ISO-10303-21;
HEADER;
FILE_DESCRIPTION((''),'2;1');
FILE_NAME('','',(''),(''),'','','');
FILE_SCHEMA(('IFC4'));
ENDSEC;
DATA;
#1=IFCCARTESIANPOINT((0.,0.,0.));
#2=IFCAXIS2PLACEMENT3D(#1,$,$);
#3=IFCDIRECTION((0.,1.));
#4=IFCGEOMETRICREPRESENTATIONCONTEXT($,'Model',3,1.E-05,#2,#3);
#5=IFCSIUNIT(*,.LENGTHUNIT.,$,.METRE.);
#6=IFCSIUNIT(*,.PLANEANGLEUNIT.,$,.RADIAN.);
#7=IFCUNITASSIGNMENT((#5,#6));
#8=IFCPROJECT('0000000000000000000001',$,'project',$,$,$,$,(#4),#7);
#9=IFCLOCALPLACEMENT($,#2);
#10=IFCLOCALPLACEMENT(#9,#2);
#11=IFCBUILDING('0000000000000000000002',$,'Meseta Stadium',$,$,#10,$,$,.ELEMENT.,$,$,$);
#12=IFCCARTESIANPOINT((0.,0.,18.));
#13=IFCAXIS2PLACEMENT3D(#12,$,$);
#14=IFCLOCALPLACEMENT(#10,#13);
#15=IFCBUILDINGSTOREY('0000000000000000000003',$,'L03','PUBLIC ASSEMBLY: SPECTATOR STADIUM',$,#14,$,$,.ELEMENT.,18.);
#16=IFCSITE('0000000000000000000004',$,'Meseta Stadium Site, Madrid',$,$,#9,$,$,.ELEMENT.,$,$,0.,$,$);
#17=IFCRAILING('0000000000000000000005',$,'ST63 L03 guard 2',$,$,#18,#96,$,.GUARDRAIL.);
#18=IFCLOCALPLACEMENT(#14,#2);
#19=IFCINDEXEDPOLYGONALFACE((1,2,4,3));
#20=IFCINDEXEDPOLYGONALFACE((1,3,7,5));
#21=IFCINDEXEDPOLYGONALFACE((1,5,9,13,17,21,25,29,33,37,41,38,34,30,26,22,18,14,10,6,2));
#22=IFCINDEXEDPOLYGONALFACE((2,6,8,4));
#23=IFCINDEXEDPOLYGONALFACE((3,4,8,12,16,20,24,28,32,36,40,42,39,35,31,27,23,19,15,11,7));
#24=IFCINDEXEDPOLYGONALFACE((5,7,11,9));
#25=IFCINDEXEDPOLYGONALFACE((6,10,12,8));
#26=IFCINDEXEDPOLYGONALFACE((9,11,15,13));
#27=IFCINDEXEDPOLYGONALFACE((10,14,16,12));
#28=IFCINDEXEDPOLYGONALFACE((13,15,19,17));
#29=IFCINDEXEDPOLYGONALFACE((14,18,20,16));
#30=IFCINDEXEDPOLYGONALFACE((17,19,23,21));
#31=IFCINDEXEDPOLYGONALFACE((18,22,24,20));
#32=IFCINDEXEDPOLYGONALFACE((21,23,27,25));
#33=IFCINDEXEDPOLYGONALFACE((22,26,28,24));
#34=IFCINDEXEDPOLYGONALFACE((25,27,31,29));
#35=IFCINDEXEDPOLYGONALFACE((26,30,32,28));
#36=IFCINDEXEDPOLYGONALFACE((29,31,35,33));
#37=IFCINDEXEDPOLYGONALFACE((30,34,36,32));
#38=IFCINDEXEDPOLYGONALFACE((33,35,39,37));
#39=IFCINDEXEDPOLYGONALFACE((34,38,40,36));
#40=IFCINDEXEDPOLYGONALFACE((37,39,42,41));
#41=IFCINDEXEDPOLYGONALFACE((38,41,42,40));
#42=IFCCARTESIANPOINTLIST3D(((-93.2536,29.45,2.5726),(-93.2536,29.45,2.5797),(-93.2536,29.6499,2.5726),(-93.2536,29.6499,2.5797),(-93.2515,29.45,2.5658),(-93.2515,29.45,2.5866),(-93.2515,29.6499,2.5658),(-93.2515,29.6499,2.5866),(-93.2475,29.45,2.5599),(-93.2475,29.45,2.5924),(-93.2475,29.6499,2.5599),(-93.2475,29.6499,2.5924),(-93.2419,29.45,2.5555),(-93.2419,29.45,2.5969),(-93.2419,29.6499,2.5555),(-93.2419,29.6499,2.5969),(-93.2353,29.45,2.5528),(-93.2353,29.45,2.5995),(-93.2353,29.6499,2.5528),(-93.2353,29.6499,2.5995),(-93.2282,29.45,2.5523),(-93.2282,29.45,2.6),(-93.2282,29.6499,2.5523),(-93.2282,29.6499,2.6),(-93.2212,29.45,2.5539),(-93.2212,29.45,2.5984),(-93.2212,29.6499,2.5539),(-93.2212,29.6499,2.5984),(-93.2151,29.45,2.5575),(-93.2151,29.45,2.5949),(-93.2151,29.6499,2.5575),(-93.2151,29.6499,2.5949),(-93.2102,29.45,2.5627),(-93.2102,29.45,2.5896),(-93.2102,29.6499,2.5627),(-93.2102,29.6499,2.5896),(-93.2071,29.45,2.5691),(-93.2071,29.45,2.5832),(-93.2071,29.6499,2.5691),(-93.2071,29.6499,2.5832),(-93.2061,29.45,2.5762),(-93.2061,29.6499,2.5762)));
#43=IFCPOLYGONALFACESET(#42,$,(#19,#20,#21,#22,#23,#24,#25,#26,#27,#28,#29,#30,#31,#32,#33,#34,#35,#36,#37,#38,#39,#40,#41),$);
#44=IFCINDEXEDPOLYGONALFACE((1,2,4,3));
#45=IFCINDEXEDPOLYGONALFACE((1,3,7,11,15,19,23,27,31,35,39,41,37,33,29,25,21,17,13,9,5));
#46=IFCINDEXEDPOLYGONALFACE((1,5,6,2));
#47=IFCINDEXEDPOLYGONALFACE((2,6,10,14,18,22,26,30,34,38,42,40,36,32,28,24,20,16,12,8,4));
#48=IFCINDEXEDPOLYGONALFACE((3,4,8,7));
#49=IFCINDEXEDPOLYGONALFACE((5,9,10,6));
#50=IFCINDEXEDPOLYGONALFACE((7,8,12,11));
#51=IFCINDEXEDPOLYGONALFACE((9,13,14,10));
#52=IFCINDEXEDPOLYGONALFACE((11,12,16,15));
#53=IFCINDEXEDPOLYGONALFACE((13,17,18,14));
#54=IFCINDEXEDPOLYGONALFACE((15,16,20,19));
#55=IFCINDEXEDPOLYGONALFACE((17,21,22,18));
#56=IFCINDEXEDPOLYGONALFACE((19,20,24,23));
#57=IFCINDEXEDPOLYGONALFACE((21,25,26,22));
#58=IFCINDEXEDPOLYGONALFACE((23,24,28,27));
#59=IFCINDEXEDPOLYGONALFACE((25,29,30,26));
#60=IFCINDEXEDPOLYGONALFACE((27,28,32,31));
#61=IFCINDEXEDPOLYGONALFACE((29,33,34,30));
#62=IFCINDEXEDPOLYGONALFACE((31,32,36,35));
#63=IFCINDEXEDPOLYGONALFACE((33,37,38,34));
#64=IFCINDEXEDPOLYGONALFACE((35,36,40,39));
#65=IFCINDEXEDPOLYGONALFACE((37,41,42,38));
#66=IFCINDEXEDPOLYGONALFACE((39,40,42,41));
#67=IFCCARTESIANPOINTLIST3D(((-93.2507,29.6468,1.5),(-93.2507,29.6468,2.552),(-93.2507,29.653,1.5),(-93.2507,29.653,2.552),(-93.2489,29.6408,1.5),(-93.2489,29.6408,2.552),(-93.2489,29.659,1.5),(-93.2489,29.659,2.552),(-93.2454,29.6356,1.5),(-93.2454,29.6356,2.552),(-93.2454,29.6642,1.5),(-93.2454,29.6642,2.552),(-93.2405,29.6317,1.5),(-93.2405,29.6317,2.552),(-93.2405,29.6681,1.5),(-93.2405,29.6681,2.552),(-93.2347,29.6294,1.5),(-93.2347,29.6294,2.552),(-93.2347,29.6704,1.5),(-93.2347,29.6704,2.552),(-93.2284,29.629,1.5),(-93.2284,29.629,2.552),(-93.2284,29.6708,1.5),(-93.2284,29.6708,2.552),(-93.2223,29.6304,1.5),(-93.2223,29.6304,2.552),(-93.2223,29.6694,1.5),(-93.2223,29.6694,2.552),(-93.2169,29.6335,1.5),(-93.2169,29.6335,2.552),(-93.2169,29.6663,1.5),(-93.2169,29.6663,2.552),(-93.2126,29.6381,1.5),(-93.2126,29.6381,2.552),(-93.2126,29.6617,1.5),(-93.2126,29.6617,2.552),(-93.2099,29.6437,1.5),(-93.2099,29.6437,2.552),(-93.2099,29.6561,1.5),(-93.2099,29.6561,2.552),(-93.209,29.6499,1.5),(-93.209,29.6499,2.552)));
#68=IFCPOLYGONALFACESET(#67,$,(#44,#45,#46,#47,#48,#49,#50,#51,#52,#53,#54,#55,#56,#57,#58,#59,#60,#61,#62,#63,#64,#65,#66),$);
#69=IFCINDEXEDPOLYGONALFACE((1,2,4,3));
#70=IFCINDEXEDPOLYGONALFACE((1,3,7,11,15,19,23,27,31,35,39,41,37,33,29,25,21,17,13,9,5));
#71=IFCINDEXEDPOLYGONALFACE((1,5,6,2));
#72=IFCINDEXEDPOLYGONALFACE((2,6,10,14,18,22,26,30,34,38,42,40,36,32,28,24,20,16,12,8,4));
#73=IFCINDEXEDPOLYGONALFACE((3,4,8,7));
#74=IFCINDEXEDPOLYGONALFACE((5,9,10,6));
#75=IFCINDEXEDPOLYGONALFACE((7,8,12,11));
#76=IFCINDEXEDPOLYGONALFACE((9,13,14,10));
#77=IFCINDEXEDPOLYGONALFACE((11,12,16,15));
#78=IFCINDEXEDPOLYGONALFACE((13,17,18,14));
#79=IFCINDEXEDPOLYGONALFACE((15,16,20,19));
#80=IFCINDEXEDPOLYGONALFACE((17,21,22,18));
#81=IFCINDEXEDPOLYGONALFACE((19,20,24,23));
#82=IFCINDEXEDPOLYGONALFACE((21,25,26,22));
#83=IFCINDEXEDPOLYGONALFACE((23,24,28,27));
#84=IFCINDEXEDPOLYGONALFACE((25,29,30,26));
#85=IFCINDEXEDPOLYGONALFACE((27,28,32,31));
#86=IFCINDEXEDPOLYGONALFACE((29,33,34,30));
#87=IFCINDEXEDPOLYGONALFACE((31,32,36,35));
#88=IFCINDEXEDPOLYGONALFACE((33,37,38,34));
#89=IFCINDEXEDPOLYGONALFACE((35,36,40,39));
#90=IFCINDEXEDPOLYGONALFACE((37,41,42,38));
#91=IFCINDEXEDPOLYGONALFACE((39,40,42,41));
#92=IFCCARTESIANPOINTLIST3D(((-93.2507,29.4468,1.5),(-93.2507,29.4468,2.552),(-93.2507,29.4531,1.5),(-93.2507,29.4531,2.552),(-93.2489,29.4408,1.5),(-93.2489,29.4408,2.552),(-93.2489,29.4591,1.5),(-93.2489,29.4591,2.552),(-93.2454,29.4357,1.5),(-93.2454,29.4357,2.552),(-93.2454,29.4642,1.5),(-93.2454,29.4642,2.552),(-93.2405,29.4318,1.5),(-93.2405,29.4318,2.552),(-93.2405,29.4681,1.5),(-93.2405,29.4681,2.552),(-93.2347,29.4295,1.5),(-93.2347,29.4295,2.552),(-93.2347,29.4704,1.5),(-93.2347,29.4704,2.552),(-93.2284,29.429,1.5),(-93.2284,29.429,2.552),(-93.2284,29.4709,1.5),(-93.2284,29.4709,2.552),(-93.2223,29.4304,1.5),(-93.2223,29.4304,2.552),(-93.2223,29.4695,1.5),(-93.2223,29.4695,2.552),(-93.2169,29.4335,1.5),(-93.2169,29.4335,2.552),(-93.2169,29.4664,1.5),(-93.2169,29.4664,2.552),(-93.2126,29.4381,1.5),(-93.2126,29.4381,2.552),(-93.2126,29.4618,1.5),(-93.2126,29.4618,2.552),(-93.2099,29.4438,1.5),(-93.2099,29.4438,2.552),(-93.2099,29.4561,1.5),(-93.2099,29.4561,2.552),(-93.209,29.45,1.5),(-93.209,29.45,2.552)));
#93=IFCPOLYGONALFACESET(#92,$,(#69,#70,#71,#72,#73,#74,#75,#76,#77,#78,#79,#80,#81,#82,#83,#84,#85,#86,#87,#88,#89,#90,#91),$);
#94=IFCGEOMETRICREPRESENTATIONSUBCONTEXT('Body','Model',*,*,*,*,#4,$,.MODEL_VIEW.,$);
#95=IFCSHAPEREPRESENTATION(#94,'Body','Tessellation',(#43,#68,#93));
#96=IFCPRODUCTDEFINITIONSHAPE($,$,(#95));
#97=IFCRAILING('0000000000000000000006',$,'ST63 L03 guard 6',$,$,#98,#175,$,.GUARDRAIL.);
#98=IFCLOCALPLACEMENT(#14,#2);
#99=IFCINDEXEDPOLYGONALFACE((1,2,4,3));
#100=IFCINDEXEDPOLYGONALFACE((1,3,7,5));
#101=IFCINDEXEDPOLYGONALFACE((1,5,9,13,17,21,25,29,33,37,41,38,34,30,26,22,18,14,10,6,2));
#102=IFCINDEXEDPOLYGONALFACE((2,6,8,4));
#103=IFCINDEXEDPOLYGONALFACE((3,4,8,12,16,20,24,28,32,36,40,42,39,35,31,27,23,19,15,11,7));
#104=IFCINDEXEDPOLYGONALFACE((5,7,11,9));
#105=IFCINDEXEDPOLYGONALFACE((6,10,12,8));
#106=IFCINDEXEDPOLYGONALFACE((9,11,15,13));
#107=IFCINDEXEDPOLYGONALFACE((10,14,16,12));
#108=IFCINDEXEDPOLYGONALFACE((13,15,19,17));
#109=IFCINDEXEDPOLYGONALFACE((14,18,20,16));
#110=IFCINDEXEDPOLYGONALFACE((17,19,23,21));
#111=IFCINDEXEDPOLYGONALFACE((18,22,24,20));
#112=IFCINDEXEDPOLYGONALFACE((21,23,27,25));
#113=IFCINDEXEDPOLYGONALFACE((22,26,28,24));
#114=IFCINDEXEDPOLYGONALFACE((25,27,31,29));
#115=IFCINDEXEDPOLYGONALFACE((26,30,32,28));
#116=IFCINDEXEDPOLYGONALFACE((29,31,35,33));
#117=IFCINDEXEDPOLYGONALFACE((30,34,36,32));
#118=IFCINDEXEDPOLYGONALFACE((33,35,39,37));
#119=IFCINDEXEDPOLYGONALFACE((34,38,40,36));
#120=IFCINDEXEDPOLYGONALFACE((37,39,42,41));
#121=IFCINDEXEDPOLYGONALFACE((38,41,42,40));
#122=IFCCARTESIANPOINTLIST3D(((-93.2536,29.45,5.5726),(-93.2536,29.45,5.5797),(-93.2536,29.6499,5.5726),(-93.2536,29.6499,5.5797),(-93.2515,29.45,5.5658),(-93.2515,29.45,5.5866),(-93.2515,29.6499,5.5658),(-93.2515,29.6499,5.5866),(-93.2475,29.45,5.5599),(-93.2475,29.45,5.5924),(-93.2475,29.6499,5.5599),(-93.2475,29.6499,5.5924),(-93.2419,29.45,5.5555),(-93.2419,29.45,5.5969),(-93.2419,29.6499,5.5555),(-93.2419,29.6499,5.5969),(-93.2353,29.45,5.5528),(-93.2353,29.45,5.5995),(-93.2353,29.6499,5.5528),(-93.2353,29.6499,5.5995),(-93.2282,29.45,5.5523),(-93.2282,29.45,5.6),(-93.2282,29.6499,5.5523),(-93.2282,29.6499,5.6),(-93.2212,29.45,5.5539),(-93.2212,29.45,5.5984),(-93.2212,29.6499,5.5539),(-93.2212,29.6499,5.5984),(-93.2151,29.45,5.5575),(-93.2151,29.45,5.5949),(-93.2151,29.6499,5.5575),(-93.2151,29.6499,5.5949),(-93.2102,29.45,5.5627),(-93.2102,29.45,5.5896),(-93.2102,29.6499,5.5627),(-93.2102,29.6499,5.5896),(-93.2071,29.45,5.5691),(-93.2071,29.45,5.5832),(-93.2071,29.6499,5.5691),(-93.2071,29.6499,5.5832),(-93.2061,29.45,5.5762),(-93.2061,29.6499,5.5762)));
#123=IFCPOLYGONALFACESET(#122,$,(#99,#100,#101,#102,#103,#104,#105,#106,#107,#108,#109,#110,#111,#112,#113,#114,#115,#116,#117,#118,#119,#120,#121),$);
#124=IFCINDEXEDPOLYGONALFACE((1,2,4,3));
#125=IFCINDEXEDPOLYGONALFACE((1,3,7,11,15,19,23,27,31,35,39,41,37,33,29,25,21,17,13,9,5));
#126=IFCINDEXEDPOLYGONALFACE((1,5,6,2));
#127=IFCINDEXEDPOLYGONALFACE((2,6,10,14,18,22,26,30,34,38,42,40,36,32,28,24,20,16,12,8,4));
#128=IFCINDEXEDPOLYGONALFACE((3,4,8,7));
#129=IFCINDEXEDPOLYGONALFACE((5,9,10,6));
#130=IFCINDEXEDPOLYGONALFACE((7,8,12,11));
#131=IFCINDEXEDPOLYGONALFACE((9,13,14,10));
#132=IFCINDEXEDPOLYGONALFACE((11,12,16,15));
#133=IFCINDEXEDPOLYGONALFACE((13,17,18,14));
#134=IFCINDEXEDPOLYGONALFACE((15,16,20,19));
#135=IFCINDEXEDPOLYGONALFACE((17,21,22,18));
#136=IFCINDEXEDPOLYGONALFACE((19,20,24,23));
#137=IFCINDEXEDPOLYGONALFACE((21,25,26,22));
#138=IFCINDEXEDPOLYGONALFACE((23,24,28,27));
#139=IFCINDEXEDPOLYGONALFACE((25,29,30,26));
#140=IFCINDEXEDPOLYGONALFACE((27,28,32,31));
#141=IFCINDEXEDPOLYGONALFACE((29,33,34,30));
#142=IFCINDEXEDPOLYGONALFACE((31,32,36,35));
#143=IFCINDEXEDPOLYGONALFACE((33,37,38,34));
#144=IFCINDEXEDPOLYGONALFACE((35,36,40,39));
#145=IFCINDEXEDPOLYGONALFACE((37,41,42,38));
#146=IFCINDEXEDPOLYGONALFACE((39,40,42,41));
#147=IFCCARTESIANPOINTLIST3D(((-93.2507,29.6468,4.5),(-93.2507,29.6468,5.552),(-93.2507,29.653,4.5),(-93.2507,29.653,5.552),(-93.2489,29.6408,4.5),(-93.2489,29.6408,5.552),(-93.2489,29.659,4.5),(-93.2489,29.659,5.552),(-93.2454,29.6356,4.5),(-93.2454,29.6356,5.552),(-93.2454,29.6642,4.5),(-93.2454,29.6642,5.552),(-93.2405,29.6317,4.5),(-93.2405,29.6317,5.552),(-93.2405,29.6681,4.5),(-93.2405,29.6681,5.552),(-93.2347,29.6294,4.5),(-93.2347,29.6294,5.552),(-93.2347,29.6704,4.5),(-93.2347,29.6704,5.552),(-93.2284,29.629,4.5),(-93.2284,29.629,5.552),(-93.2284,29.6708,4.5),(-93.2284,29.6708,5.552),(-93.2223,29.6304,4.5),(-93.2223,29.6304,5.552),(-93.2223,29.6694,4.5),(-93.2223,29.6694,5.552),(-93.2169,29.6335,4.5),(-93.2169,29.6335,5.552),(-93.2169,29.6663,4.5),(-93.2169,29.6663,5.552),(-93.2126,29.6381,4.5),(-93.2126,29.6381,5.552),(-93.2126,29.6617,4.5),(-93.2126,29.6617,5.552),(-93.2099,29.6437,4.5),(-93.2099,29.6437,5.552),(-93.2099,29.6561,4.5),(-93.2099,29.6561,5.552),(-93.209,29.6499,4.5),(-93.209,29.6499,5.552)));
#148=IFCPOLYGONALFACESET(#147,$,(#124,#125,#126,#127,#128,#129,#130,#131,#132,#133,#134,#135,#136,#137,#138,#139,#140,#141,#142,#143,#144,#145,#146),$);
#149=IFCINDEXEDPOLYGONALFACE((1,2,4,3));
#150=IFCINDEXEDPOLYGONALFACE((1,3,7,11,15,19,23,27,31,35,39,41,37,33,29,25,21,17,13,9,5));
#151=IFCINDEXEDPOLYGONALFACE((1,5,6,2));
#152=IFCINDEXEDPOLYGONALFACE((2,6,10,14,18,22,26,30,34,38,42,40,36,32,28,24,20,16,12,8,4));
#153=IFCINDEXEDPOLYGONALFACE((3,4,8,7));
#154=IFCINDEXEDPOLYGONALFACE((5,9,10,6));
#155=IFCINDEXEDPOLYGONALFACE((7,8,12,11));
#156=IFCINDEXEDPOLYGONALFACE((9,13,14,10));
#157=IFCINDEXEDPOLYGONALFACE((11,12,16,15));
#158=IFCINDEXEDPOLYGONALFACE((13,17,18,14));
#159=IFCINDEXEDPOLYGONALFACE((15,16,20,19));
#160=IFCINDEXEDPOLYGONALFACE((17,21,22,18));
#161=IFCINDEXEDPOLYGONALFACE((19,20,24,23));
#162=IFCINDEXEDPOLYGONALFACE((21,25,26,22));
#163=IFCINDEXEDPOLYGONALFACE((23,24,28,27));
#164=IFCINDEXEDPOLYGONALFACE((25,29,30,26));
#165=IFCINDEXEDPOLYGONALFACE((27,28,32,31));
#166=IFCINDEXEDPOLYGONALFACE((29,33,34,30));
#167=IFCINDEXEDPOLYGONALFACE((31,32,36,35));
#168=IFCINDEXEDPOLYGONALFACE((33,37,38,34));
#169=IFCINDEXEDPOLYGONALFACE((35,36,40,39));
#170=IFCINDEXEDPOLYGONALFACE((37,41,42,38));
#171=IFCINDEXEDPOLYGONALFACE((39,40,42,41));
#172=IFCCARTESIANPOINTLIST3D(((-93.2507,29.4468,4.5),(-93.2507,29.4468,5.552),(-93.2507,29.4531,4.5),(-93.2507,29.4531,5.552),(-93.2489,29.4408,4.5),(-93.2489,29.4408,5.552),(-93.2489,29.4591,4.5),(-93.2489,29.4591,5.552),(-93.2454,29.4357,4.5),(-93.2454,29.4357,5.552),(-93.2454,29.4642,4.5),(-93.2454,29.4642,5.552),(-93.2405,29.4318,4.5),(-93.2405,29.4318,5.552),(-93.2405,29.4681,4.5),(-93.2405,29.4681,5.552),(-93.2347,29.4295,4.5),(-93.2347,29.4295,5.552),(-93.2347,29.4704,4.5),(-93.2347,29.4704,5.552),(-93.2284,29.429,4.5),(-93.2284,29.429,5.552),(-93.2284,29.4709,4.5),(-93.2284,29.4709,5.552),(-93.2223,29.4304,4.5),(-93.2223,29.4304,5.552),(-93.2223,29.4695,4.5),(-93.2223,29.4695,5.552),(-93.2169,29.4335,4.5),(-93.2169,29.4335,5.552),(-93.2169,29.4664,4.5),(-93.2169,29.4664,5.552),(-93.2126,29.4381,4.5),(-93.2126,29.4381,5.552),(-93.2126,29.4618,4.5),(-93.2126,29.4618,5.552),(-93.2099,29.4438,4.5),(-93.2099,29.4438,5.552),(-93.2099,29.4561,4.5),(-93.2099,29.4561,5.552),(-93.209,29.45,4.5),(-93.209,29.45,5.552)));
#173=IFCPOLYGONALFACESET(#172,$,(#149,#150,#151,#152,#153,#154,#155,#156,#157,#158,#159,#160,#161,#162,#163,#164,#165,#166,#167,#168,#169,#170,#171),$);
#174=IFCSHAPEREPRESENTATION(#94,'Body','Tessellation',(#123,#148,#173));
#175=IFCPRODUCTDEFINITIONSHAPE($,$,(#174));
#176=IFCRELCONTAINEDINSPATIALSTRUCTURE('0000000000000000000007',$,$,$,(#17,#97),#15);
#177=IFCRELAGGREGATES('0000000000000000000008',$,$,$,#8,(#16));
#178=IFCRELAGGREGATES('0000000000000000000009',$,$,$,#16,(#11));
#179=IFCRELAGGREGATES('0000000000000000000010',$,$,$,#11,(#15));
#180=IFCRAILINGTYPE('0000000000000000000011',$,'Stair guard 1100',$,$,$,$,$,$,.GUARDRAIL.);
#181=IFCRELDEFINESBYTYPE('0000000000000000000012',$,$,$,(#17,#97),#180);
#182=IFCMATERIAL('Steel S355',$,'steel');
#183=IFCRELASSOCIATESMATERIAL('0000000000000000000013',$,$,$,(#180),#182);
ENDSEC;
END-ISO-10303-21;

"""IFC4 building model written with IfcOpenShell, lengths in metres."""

from ifc_helpers import new_model, si_unit, direction, frame, origin, origin_2d, place, context, subcontext, project, spatial, circle, extrude, material, type_object, element, save


model = new_model("IFC4")

# Units and contexts
model_context = context("Model", 3, precision=1e-05, world=origin(), true_north=direction((0.0, 1.0)))
body_context = subcontext(model_context, "Body", "Model", "MODEL_VIEW")
ifc_project = project(units=[si_unit("LENGTHUNIT", "METRE"), si_unit("PLANEANGLEUNIT", "RADIAN")], contexts=[model_context])

# Site, building, storey
site_placement = place(None, origin())
site = spatial("IfcSite", under=ifc_project, at=site_placement, Name="Meseta Stadium Site, Madrid", CompositionType="ELEMENT", RefElevation=0.0)
building_placement = place(site_placement, origin())
building = spatial("IfcBuilding", under=site, at=building_placement, Name="Meseta Stadium", CompositionType="ELEMENT")
storey_placement = place(building_placement, frame((0.0, 0.0, 18.0)))
storey = spatial("IfcBuildingStorey", under=building, at=storey_placement, Name="L03", Description="PUBLIC ASSEMBLY: SPECTATOR STADIUM", CompositionType="ELEMENT", Elevation=18.0)

# Railings
ifc_material_1 = material(Name="Steel S355", Category="steel")
railing_type_1 = type_object("IfcRailingType", Name="Stair guard 1100", PredefinedType="GUARDRAIL", material=ifc_material_1)
for number, where, name in (
    (1, (-93.23, 29.6499, 1.5), "ST63 L03 guard 2"),
    (2, (-93.23, 29.6499, 4.5), "ST63 L03 guard 6"),
):
    element("IfcRailing", number, at=place(storey_placement, frame(where)), inside=storey, type_object=railing_type_1, Name=name, PredefinedType="GUARDRAIL", context=body_context, shape_type="SweptSolid", body=[
        extrude(circle(Radius=0.0239, at=origin_2d()), frame((0.0, 0.0, 1.0762), z_axis=(0.0, -1.0, 0.0), x_axis=(1.0, 0.0, 0.0)), (0.0, 0.0, 1.0), 0.2),
        extrude(circle(Radius=0.021, at=origin_2d()), origin(), (0.0, 0.0, 1.0), 1.052),
        extrude(circle(Radius=0.021, at=origin_2d()), frame((0.0, -0.2, 0.0)), (0.0, 0.0, 1.0), 1.052),
    ])

save(model, "model.ifc")
